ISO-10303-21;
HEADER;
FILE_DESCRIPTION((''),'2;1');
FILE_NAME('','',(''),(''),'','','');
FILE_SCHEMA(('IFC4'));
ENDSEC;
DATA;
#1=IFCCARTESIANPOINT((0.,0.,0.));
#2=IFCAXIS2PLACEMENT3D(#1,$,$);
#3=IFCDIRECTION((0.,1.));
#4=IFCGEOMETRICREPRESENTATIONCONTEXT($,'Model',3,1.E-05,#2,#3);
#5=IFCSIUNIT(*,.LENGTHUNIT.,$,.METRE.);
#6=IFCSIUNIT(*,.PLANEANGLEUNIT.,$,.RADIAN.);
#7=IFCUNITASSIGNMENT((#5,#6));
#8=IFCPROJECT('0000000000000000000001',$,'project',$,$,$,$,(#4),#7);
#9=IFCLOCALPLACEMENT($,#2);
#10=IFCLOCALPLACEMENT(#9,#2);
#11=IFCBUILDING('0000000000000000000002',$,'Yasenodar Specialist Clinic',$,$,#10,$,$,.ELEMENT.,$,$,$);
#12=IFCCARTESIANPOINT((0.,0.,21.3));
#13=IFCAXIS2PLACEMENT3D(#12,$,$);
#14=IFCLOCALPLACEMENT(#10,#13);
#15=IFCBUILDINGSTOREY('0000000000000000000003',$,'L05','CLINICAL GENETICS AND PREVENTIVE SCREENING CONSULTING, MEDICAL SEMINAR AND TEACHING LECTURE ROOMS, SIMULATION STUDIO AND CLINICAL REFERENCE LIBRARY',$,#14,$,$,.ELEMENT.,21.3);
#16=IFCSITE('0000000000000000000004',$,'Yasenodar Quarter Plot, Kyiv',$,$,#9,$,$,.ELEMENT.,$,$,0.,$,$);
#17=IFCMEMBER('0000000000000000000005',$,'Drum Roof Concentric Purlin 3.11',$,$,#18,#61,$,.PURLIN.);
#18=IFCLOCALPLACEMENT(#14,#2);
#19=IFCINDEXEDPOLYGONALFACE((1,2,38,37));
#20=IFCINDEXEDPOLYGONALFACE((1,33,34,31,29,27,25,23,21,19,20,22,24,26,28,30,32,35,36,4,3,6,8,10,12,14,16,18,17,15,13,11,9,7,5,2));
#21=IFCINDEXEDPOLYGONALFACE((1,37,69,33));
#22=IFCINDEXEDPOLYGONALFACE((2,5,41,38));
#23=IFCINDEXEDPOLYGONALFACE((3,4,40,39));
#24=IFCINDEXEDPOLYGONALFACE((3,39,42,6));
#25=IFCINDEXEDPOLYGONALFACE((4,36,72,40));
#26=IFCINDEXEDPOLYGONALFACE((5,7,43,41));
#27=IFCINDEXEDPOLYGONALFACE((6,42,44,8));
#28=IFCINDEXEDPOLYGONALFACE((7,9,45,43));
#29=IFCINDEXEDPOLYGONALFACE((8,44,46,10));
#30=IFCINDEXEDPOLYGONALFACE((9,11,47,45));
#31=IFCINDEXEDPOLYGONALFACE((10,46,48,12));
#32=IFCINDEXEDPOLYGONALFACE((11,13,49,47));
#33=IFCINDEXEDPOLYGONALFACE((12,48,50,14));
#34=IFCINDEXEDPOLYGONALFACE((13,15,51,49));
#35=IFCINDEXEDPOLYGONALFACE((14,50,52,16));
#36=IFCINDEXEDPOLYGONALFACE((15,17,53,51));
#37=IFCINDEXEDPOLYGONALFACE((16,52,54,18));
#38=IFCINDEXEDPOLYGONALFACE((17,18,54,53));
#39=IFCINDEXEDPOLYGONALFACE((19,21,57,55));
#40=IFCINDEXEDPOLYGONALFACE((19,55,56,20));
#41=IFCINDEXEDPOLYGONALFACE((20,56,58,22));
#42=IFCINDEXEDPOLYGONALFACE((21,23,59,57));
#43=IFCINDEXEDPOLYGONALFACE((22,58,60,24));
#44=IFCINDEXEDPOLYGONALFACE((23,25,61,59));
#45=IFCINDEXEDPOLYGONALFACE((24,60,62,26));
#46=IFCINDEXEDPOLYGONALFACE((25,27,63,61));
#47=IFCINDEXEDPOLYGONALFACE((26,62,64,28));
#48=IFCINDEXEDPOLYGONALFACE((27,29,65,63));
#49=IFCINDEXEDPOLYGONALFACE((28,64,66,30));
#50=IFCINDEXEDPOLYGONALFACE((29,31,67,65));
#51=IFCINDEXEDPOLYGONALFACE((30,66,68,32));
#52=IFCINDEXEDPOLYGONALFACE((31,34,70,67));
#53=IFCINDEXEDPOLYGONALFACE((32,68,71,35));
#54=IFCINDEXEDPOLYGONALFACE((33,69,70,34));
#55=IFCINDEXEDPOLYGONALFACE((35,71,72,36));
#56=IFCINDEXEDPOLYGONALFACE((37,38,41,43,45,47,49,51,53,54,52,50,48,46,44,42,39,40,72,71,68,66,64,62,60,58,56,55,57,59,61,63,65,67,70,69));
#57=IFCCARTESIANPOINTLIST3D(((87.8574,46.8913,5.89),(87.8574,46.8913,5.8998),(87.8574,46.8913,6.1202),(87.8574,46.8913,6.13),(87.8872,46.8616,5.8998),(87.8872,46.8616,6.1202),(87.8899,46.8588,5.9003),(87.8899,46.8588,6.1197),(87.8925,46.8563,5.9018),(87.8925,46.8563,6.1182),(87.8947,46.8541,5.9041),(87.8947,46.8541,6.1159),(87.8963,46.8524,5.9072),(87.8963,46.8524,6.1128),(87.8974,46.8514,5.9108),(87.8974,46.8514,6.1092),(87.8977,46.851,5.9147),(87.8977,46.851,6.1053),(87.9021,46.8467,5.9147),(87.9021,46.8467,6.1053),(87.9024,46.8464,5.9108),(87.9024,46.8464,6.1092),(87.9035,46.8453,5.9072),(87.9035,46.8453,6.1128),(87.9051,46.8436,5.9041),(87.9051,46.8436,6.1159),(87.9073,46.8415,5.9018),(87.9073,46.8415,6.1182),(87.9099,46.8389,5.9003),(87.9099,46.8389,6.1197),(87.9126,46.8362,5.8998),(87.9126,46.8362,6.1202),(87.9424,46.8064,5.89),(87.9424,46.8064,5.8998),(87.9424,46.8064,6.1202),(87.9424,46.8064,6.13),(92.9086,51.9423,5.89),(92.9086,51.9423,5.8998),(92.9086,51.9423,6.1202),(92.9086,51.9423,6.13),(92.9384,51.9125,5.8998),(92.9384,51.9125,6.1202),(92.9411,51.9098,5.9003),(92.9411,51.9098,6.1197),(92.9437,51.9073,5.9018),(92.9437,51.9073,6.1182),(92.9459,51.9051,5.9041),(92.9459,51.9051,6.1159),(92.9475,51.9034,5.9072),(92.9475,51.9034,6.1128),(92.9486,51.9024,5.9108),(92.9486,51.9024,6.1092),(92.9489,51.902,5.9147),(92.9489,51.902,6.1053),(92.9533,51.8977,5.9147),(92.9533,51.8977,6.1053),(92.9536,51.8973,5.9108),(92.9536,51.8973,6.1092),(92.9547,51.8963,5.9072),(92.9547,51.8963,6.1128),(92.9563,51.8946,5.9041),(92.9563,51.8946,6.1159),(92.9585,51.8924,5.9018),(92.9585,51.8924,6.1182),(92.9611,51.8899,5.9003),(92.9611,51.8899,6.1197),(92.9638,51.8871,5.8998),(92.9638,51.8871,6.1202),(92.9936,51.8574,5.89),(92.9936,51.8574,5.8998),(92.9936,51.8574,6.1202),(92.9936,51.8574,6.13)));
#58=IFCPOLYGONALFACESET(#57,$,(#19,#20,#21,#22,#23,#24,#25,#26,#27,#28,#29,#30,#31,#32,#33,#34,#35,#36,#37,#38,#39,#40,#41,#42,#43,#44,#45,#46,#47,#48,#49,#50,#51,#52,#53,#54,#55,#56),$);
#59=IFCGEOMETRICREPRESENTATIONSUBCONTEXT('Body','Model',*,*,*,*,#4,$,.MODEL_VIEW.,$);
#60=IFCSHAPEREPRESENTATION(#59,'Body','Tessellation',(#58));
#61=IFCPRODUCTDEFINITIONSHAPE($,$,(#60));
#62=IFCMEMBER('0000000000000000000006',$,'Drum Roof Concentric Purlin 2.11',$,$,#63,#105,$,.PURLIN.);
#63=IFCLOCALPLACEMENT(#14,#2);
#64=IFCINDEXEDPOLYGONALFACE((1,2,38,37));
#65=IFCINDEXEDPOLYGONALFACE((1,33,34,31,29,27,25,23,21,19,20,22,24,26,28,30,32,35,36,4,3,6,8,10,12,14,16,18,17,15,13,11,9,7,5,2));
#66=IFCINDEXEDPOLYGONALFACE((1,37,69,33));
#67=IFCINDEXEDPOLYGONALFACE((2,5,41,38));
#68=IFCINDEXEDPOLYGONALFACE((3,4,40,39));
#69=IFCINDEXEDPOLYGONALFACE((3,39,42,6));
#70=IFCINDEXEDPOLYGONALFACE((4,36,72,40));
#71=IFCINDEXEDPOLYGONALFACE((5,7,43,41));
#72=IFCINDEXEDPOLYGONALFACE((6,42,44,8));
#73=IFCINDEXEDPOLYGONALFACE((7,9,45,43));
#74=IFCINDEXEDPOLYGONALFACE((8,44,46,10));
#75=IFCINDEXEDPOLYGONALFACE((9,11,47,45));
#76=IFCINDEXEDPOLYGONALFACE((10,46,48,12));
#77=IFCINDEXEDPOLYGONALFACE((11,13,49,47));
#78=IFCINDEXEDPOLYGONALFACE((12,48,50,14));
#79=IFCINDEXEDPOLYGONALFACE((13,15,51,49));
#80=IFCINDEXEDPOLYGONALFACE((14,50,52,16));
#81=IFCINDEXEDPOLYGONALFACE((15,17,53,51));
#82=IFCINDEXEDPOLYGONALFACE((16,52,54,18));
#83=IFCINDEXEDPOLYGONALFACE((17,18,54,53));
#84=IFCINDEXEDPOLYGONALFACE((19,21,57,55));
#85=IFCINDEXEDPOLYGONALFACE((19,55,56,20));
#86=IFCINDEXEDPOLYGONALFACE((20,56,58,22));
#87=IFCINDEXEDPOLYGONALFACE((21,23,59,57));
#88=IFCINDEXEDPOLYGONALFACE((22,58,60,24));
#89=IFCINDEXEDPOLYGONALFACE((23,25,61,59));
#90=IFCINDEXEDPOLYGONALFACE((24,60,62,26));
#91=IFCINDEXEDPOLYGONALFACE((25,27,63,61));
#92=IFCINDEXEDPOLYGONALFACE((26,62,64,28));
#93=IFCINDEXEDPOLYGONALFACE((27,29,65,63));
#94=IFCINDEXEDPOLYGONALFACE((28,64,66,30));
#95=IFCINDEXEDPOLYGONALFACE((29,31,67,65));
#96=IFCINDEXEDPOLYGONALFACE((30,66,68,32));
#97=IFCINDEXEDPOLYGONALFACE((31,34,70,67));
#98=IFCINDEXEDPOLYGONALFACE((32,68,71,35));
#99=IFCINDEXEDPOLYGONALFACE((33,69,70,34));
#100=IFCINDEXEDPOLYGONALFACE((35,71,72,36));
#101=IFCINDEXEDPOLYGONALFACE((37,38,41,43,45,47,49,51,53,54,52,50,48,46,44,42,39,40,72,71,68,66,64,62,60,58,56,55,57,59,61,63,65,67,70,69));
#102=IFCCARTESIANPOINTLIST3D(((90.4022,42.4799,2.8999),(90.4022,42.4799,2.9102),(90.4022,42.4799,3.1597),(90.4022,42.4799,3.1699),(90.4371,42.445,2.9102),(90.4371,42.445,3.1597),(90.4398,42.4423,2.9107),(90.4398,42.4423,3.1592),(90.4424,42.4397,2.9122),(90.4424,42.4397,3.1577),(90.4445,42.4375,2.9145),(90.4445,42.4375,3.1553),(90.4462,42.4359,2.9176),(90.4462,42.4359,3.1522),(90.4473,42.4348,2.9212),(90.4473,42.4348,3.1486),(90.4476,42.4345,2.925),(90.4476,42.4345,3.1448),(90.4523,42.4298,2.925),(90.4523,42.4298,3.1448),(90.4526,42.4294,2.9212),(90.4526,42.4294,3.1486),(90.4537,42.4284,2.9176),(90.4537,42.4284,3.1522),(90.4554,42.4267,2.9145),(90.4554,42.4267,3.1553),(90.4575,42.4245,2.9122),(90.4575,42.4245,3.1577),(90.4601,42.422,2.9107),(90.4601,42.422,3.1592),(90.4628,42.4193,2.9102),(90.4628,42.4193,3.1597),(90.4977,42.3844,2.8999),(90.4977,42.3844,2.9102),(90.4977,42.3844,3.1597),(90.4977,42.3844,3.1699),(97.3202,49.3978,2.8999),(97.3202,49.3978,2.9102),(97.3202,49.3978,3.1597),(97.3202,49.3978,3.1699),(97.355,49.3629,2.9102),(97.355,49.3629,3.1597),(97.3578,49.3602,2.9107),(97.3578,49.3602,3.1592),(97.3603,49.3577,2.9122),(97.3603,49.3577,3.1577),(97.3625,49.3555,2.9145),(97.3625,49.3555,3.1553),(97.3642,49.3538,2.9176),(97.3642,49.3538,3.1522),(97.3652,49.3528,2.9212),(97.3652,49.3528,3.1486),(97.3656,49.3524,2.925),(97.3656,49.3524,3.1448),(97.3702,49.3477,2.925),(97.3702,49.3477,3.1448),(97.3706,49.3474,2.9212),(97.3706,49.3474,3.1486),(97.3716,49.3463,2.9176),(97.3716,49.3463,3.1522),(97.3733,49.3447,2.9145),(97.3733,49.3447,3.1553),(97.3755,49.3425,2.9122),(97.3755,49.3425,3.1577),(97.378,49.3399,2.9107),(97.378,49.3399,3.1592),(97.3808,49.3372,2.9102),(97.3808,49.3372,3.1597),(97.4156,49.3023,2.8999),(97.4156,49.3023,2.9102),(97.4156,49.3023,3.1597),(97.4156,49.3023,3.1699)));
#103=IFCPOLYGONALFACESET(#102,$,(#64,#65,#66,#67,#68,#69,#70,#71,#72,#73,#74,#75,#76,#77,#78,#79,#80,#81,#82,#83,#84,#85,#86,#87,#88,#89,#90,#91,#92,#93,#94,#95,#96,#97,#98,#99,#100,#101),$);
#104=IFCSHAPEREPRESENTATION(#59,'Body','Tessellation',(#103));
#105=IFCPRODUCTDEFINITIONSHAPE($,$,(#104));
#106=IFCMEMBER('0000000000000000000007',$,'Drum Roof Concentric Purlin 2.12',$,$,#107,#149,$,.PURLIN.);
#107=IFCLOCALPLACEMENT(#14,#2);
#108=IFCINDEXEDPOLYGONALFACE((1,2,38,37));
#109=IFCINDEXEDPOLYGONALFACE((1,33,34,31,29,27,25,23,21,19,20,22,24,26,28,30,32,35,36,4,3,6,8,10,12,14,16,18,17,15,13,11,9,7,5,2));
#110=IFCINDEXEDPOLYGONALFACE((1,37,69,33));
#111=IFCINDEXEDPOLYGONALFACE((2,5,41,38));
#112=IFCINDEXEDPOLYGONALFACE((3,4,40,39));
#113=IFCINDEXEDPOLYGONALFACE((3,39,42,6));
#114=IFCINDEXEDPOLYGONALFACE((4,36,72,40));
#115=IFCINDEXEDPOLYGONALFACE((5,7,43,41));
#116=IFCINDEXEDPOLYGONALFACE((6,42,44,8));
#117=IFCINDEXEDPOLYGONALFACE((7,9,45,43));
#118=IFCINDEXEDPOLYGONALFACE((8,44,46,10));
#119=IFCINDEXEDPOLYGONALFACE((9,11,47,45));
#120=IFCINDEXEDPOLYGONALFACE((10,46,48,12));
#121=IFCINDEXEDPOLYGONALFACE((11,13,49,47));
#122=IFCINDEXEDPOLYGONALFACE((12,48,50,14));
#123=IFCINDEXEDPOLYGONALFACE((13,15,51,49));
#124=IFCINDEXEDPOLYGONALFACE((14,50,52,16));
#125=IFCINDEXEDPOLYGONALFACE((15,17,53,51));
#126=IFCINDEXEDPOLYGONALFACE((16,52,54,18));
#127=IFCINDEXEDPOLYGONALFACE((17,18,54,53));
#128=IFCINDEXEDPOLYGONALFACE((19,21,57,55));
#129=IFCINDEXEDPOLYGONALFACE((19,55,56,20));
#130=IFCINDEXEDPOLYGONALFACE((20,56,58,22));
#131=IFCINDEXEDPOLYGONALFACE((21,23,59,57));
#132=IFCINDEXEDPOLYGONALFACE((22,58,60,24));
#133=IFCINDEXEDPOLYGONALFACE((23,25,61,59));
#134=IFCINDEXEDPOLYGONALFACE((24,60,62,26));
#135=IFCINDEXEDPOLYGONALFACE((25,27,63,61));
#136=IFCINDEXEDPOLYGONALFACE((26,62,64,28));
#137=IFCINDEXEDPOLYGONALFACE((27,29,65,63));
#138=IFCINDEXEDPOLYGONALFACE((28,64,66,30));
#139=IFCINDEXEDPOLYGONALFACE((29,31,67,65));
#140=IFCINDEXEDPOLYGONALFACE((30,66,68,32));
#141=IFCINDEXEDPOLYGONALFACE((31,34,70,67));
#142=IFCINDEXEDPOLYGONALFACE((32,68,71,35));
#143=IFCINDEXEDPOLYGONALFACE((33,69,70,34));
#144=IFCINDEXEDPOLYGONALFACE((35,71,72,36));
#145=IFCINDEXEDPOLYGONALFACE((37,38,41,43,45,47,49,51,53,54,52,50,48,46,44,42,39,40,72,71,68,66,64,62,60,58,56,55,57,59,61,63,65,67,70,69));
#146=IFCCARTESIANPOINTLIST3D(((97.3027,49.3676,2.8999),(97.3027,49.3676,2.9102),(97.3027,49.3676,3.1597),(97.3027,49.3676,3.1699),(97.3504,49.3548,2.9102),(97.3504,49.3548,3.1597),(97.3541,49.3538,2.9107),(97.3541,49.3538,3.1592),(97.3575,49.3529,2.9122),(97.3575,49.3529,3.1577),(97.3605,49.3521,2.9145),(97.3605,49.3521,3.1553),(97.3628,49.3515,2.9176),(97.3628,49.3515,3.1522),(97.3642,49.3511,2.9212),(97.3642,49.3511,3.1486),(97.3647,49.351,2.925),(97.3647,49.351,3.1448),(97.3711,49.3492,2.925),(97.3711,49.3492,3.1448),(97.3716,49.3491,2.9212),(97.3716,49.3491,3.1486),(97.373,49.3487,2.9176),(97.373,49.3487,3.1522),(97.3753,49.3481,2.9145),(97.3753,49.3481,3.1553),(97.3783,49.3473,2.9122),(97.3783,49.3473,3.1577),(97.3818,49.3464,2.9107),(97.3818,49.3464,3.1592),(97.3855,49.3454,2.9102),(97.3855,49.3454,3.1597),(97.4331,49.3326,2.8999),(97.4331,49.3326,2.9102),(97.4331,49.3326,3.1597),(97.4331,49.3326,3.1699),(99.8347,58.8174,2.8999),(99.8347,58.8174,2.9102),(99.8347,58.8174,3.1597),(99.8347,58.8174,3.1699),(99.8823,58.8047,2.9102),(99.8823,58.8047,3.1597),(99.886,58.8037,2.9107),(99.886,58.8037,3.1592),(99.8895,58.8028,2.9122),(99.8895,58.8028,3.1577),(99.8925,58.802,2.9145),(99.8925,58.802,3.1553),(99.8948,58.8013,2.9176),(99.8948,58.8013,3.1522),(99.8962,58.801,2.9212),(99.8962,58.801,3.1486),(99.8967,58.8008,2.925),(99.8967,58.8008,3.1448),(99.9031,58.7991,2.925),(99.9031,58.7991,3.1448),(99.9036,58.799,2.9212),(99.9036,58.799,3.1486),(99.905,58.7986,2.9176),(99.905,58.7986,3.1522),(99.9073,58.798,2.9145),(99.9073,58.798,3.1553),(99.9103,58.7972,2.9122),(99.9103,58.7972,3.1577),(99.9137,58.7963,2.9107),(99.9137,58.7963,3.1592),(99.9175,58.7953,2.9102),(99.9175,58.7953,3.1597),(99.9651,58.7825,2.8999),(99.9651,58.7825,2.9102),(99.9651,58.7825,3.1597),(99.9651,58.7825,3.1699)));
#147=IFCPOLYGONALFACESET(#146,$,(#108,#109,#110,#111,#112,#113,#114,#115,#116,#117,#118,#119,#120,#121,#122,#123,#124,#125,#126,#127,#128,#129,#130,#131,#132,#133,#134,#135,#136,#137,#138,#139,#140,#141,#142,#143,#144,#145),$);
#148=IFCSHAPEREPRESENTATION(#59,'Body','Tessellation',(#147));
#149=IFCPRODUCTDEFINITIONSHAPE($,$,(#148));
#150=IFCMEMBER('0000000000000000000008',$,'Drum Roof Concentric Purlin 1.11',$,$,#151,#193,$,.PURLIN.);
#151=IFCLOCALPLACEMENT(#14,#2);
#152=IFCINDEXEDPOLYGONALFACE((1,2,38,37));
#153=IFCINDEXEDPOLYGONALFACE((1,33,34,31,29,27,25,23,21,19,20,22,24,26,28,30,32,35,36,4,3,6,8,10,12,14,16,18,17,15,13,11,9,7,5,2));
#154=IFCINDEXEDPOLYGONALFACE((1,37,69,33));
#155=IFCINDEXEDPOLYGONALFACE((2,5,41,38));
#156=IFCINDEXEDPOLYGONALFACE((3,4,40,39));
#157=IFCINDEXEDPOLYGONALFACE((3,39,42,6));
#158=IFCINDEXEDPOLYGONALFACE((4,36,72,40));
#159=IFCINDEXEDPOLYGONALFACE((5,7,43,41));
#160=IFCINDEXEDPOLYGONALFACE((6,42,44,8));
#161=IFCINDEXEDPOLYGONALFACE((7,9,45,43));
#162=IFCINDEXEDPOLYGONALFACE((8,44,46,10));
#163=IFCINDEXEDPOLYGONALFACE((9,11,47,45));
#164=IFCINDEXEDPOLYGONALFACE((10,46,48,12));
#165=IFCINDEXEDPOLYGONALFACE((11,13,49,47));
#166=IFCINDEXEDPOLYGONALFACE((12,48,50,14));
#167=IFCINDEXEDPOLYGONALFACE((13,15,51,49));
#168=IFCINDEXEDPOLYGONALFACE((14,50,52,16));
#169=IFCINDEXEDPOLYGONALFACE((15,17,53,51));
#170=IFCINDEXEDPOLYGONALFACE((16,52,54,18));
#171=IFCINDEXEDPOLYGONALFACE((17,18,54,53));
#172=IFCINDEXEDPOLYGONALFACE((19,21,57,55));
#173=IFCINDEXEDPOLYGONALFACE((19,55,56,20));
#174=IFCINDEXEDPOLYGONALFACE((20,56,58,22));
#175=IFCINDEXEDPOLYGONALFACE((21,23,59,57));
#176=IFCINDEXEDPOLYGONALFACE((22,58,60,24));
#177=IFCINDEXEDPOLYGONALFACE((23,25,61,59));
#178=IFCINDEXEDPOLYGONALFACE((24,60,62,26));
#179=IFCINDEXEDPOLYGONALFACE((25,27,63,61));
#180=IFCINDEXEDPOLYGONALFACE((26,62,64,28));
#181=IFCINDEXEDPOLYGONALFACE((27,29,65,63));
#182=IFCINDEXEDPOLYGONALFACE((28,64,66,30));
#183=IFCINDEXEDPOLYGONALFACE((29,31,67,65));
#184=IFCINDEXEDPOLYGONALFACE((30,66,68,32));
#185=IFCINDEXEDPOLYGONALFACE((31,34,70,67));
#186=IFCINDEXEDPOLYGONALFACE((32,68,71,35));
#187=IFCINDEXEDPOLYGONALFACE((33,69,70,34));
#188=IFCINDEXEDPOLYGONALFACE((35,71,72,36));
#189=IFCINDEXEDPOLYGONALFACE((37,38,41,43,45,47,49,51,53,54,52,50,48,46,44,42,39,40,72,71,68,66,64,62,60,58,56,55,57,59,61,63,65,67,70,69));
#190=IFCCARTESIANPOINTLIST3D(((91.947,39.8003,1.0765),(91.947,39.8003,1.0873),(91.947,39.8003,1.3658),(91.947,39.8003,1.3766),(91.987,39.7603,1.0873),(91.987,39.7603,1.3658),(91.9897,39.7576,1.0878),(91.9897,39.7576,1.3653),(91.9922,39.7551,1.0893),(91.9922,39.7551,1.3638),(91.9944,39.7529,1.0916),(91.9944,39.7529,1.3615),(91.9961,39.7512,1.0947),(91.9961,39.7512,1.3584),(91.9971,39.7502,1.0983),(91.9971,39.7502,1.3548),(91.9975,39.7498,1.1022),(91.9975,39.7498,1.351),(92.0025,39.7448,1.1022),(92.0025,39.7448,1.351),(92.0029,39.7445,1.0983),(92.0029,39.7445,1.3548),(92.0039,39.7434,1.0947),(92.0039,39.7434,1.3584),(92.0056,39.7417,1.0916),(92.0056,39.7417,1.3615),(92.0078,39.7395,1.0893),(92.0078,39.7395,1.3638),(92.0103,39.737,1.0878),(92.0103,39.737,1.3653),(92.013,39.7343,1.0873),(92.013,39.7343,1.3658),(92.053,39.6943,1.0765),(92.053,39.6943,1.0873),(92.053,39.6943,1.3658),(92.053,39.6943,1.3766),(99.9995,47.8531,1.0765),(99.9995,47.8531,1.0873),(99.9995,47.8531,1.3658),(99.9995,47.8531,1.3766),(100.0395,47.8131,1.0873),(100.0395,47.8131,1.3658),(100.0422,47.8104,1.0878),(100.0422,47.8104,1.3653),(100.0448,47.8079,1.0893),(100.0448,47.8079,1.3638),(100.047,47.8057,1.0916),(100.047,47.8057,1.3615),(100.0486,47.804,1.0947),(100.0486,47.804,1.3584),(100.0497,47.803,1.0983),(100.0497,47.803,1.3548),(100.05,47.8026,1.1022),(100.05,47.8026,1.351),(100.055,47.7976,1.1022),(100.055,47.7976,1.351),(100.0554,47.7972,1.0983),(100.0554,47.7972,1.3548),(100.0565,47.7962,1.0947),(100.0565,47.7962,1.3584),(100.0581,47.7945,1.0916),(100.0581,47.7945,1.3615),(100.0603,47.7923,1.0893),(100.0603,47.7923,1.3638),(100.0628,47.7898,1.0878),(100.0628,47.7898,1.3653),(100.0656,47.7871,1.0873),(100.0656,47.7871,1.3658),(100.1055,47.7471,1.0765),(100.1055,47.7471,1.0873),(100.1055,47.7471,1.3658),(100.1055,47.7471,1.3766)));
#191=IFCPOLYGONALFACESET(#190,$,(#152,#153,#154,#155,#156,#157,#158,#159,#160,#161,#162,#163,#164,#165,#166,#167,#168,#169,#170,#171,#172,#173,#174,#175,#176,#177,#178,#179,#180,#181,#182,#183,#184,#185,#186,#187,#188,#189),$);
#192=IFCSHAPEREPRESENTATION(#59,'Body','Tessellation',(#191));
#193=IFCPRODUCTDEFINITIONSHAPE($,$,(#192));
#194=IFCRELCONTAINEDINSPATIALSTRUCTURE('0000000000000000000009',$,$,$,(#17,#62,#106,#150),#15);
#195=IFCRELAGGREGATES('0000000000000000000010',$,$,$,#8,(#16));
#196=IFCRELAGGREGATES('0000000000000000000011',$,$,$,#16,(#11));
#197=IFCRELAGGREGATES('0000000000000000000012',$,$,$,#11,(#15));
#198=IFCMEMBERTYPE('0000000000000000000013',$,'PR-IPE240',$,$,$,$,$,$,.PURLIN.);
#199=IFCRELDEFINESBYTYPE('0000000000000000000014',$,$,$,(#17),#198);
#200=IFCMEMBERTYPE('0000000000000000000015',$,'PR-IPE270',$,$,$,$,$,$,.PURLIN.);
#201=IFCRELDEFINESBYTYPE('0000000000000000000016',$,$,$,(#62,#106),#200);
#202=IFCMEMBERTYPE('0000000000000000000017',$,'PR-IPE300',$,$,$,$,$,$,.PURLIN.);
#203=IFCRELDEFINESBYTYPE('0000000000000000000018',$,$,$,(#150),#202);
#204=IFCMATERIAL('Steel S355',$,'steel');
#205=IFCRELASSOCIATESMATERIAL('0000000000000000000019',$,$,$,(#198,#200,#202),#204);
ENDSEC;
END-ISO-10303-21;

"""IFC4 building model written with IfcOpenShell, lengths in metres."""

from ifc_helpers import new_model, si_unit, direction, frame, origin, origin_2d, place, context, subcontext, project, spatial, i_section, extrude, material, material_profile, profile_set, type_object, element, save


model = new_model("IFC4")

# Units and contexts
model_context = context("Model", 3, precision=1e-05, world=origin(), true_north=direction((0.0, 1.0)))
body_context = subcontext(model_context, "Body", "Model", "MODEL_VIEW")
ifc_project = project(units=[si_unit("LENGTHUNIT", "METRE"), si_unit("PLANEANGLEUNIT", "RADIAN")], contexts=[model_context])

# Site, building, storey
site_placement = place(None, origin())
site = spatial("IfcSite", under=ifc_project, at=site_placement, Name="Yasenodar Quarter Plot, Kyiv", CompositionType="ELEMENT", RefElevation=0.0)
building_placement = place(site_placement, origin())
building = spatial("IfcBuilding", under=site, at=building_placement, Name="Yasenodar Specialist Clinic", CompositionType="ELEMENT")
storey_placement = place(building_placement, frame((0.0, 0.0, 21.3)))
storey = spatial("IfcBuildingStorey", under=building, at=storey_placement, Name="L05", Description="CLINICAL GENETICS AND PREVENTIVE SCREENING CONSULTING, MEDICAL SEMINAR AND TEACHING LECTURE ROOMS, SIMULATION STUDIO AND CLINICAL REFERENCE LIBRARY", CompositionType="ELEMENT", Elevation=21.3)

# Members
ifc_material = material(Name="Steel S355", Category="steel")
ifc_material_profile_1 = material_profile(ifc_material, i_section(OverallWidth=0.1201, OverallDepth=0.24, WebThickness=0.0061, FlangeThickness=0.0098, FilletRadius=0.0149, at=origin_2d()), Name="IPE 240")
ifc_profile_set_1 = profile_set([ifc_material_profile_1], Name="Steel S355")
member_type_1 = type_object("IfcMemberType", Name="PR-IPE240", PredefinedType="PURLIN", material=ifc_profile_set_1)
member_1_placement = place(storey_placement, frame((87.8999, 46.8489, 6.01), z_axis=(0.707124, 0.70709, 0.0), x_axis=(-0.70709, 0.707124, 0.0)))
element("IfcMember", 1, at=member_1_placement, inside=storey, type_object=member_type_1, Name="Drum Roof Concentric Purlin 3.11", PredefinedType="PURLIN", context=body_context, shape_type="SweptSolid", body=[
    extrude(i_section(OverallWidth=0.1201, OverallDepth=0.24, WebThickness=0.0061, FlangeThickness=0.0098, FilletRadius=0.0149, at=origin_2d()), origin(), (0.0, 0.0, 1.0), 7.1433),
])
ifc_material_profile_2 = material_profile(ifc_material, i_section(OverallWidth=0.135, OverallDepth=0.27, WebThickness=0.0066, FlangeThickness=0.0103, FilletRadius=0.0149, at=origin_2d()), Name="IPE 270")
ifc_profile_set_2 = profile_set([ifc_material_profile_2], Name="Steel S355")
member_type_2 = type_object("IfcMemberType", Name="PR-IPE270", PredefinedType="PURLIN", material=ifc_profile_set_2)
member_2_placement = place(storey_placement, frame((90.45, 42.4321, 3.0349), z_axis=(0.707107, 0.707107, 0.0), x_axis=(-0.707107, 0.707107, 0.0)))
element("IfcMember", 2, at=member_2_placement, inside=storey, type_object=member_type_2, Name="Drum Roof Concentric Purlin 2.11", PredefinedType="PURLIN", context=body_context, shape_type="SweptSolid", body=[
    extrude(i_section(OverallWidth=0.135, OverallDepth=0.27, WebThickness=0.0066, FlangeThickness=0.0103, FilletRadius=0.0149, at=origin_2d()), origin(), (0.0, 0.0, 1.0), 9.7834),
])
member_3_placement = place(storey_placement, frame((97.3679, 49.3501, 3.0349), z_axis=(0.258807, 0.965929, 0.0), x_axis=(-0.965929, 0.258807, 0.0)))
element("IfcMember", 3, at=member_3_placement, inside=storey, type_object=member_type_2, Name="Drum Roof Concentric Purlin 2.12", PredefinedType="PURLIN", context=body_context, shape_type="SweptSolid", body=[
    extrude(i_section(OverallWidth=0.135, OverallDepth=0.27, WebThickness=0.0066, FlangeThickness=0.0103, FilletRadius=0.0149, at=origin_2d()), origin(), (0.0, 0.0, 1.0), 9.7832),
])
ifc_material_profile_3 = material_profile(ifc_material, i_section(OverallWidth=0.1499, OverallDepth=0.3, WebThickness=0.0071, FlangeThickness=0.0107, FilletRadius=0.0149, at=origin_2d()), Name="IPE 300")
ifc_profile_set_3 = profile_set([ifc_material_profile_3], Name="Steel S355")
member_type_3 = type_object("IfcMemberType", Name="PR-IPE300", PredefinedType="PURLIN", material=ifc_profile_set_3)
member_4_placement = place(storey_placement, frame((92.0, 39.7473, 1.2266), z_axis=(0.707096, 0.707118, 0.0), x_axis=(-0.707118, 0.707096, 0.0)))
element("IfcMember", 4, at=member_4_placement, inside=storey, type_object=member_type_3, Name="Drum Roof Concentric Purlin 1.11", PredefinedType="PURLIN", context=body_context, shape_type="SweptSolid", body=[
    extrude(i_section(OverallWidth=0.1499, OverallDepth=0.3, WebThickness=0.0071, FlangeThickness=0.0107, FilletRadius=0.0149, at=origin_2d()), origin(), (0.0, 0.0, 1.0), 11.3882),
])

save(model, "model.ifc")
